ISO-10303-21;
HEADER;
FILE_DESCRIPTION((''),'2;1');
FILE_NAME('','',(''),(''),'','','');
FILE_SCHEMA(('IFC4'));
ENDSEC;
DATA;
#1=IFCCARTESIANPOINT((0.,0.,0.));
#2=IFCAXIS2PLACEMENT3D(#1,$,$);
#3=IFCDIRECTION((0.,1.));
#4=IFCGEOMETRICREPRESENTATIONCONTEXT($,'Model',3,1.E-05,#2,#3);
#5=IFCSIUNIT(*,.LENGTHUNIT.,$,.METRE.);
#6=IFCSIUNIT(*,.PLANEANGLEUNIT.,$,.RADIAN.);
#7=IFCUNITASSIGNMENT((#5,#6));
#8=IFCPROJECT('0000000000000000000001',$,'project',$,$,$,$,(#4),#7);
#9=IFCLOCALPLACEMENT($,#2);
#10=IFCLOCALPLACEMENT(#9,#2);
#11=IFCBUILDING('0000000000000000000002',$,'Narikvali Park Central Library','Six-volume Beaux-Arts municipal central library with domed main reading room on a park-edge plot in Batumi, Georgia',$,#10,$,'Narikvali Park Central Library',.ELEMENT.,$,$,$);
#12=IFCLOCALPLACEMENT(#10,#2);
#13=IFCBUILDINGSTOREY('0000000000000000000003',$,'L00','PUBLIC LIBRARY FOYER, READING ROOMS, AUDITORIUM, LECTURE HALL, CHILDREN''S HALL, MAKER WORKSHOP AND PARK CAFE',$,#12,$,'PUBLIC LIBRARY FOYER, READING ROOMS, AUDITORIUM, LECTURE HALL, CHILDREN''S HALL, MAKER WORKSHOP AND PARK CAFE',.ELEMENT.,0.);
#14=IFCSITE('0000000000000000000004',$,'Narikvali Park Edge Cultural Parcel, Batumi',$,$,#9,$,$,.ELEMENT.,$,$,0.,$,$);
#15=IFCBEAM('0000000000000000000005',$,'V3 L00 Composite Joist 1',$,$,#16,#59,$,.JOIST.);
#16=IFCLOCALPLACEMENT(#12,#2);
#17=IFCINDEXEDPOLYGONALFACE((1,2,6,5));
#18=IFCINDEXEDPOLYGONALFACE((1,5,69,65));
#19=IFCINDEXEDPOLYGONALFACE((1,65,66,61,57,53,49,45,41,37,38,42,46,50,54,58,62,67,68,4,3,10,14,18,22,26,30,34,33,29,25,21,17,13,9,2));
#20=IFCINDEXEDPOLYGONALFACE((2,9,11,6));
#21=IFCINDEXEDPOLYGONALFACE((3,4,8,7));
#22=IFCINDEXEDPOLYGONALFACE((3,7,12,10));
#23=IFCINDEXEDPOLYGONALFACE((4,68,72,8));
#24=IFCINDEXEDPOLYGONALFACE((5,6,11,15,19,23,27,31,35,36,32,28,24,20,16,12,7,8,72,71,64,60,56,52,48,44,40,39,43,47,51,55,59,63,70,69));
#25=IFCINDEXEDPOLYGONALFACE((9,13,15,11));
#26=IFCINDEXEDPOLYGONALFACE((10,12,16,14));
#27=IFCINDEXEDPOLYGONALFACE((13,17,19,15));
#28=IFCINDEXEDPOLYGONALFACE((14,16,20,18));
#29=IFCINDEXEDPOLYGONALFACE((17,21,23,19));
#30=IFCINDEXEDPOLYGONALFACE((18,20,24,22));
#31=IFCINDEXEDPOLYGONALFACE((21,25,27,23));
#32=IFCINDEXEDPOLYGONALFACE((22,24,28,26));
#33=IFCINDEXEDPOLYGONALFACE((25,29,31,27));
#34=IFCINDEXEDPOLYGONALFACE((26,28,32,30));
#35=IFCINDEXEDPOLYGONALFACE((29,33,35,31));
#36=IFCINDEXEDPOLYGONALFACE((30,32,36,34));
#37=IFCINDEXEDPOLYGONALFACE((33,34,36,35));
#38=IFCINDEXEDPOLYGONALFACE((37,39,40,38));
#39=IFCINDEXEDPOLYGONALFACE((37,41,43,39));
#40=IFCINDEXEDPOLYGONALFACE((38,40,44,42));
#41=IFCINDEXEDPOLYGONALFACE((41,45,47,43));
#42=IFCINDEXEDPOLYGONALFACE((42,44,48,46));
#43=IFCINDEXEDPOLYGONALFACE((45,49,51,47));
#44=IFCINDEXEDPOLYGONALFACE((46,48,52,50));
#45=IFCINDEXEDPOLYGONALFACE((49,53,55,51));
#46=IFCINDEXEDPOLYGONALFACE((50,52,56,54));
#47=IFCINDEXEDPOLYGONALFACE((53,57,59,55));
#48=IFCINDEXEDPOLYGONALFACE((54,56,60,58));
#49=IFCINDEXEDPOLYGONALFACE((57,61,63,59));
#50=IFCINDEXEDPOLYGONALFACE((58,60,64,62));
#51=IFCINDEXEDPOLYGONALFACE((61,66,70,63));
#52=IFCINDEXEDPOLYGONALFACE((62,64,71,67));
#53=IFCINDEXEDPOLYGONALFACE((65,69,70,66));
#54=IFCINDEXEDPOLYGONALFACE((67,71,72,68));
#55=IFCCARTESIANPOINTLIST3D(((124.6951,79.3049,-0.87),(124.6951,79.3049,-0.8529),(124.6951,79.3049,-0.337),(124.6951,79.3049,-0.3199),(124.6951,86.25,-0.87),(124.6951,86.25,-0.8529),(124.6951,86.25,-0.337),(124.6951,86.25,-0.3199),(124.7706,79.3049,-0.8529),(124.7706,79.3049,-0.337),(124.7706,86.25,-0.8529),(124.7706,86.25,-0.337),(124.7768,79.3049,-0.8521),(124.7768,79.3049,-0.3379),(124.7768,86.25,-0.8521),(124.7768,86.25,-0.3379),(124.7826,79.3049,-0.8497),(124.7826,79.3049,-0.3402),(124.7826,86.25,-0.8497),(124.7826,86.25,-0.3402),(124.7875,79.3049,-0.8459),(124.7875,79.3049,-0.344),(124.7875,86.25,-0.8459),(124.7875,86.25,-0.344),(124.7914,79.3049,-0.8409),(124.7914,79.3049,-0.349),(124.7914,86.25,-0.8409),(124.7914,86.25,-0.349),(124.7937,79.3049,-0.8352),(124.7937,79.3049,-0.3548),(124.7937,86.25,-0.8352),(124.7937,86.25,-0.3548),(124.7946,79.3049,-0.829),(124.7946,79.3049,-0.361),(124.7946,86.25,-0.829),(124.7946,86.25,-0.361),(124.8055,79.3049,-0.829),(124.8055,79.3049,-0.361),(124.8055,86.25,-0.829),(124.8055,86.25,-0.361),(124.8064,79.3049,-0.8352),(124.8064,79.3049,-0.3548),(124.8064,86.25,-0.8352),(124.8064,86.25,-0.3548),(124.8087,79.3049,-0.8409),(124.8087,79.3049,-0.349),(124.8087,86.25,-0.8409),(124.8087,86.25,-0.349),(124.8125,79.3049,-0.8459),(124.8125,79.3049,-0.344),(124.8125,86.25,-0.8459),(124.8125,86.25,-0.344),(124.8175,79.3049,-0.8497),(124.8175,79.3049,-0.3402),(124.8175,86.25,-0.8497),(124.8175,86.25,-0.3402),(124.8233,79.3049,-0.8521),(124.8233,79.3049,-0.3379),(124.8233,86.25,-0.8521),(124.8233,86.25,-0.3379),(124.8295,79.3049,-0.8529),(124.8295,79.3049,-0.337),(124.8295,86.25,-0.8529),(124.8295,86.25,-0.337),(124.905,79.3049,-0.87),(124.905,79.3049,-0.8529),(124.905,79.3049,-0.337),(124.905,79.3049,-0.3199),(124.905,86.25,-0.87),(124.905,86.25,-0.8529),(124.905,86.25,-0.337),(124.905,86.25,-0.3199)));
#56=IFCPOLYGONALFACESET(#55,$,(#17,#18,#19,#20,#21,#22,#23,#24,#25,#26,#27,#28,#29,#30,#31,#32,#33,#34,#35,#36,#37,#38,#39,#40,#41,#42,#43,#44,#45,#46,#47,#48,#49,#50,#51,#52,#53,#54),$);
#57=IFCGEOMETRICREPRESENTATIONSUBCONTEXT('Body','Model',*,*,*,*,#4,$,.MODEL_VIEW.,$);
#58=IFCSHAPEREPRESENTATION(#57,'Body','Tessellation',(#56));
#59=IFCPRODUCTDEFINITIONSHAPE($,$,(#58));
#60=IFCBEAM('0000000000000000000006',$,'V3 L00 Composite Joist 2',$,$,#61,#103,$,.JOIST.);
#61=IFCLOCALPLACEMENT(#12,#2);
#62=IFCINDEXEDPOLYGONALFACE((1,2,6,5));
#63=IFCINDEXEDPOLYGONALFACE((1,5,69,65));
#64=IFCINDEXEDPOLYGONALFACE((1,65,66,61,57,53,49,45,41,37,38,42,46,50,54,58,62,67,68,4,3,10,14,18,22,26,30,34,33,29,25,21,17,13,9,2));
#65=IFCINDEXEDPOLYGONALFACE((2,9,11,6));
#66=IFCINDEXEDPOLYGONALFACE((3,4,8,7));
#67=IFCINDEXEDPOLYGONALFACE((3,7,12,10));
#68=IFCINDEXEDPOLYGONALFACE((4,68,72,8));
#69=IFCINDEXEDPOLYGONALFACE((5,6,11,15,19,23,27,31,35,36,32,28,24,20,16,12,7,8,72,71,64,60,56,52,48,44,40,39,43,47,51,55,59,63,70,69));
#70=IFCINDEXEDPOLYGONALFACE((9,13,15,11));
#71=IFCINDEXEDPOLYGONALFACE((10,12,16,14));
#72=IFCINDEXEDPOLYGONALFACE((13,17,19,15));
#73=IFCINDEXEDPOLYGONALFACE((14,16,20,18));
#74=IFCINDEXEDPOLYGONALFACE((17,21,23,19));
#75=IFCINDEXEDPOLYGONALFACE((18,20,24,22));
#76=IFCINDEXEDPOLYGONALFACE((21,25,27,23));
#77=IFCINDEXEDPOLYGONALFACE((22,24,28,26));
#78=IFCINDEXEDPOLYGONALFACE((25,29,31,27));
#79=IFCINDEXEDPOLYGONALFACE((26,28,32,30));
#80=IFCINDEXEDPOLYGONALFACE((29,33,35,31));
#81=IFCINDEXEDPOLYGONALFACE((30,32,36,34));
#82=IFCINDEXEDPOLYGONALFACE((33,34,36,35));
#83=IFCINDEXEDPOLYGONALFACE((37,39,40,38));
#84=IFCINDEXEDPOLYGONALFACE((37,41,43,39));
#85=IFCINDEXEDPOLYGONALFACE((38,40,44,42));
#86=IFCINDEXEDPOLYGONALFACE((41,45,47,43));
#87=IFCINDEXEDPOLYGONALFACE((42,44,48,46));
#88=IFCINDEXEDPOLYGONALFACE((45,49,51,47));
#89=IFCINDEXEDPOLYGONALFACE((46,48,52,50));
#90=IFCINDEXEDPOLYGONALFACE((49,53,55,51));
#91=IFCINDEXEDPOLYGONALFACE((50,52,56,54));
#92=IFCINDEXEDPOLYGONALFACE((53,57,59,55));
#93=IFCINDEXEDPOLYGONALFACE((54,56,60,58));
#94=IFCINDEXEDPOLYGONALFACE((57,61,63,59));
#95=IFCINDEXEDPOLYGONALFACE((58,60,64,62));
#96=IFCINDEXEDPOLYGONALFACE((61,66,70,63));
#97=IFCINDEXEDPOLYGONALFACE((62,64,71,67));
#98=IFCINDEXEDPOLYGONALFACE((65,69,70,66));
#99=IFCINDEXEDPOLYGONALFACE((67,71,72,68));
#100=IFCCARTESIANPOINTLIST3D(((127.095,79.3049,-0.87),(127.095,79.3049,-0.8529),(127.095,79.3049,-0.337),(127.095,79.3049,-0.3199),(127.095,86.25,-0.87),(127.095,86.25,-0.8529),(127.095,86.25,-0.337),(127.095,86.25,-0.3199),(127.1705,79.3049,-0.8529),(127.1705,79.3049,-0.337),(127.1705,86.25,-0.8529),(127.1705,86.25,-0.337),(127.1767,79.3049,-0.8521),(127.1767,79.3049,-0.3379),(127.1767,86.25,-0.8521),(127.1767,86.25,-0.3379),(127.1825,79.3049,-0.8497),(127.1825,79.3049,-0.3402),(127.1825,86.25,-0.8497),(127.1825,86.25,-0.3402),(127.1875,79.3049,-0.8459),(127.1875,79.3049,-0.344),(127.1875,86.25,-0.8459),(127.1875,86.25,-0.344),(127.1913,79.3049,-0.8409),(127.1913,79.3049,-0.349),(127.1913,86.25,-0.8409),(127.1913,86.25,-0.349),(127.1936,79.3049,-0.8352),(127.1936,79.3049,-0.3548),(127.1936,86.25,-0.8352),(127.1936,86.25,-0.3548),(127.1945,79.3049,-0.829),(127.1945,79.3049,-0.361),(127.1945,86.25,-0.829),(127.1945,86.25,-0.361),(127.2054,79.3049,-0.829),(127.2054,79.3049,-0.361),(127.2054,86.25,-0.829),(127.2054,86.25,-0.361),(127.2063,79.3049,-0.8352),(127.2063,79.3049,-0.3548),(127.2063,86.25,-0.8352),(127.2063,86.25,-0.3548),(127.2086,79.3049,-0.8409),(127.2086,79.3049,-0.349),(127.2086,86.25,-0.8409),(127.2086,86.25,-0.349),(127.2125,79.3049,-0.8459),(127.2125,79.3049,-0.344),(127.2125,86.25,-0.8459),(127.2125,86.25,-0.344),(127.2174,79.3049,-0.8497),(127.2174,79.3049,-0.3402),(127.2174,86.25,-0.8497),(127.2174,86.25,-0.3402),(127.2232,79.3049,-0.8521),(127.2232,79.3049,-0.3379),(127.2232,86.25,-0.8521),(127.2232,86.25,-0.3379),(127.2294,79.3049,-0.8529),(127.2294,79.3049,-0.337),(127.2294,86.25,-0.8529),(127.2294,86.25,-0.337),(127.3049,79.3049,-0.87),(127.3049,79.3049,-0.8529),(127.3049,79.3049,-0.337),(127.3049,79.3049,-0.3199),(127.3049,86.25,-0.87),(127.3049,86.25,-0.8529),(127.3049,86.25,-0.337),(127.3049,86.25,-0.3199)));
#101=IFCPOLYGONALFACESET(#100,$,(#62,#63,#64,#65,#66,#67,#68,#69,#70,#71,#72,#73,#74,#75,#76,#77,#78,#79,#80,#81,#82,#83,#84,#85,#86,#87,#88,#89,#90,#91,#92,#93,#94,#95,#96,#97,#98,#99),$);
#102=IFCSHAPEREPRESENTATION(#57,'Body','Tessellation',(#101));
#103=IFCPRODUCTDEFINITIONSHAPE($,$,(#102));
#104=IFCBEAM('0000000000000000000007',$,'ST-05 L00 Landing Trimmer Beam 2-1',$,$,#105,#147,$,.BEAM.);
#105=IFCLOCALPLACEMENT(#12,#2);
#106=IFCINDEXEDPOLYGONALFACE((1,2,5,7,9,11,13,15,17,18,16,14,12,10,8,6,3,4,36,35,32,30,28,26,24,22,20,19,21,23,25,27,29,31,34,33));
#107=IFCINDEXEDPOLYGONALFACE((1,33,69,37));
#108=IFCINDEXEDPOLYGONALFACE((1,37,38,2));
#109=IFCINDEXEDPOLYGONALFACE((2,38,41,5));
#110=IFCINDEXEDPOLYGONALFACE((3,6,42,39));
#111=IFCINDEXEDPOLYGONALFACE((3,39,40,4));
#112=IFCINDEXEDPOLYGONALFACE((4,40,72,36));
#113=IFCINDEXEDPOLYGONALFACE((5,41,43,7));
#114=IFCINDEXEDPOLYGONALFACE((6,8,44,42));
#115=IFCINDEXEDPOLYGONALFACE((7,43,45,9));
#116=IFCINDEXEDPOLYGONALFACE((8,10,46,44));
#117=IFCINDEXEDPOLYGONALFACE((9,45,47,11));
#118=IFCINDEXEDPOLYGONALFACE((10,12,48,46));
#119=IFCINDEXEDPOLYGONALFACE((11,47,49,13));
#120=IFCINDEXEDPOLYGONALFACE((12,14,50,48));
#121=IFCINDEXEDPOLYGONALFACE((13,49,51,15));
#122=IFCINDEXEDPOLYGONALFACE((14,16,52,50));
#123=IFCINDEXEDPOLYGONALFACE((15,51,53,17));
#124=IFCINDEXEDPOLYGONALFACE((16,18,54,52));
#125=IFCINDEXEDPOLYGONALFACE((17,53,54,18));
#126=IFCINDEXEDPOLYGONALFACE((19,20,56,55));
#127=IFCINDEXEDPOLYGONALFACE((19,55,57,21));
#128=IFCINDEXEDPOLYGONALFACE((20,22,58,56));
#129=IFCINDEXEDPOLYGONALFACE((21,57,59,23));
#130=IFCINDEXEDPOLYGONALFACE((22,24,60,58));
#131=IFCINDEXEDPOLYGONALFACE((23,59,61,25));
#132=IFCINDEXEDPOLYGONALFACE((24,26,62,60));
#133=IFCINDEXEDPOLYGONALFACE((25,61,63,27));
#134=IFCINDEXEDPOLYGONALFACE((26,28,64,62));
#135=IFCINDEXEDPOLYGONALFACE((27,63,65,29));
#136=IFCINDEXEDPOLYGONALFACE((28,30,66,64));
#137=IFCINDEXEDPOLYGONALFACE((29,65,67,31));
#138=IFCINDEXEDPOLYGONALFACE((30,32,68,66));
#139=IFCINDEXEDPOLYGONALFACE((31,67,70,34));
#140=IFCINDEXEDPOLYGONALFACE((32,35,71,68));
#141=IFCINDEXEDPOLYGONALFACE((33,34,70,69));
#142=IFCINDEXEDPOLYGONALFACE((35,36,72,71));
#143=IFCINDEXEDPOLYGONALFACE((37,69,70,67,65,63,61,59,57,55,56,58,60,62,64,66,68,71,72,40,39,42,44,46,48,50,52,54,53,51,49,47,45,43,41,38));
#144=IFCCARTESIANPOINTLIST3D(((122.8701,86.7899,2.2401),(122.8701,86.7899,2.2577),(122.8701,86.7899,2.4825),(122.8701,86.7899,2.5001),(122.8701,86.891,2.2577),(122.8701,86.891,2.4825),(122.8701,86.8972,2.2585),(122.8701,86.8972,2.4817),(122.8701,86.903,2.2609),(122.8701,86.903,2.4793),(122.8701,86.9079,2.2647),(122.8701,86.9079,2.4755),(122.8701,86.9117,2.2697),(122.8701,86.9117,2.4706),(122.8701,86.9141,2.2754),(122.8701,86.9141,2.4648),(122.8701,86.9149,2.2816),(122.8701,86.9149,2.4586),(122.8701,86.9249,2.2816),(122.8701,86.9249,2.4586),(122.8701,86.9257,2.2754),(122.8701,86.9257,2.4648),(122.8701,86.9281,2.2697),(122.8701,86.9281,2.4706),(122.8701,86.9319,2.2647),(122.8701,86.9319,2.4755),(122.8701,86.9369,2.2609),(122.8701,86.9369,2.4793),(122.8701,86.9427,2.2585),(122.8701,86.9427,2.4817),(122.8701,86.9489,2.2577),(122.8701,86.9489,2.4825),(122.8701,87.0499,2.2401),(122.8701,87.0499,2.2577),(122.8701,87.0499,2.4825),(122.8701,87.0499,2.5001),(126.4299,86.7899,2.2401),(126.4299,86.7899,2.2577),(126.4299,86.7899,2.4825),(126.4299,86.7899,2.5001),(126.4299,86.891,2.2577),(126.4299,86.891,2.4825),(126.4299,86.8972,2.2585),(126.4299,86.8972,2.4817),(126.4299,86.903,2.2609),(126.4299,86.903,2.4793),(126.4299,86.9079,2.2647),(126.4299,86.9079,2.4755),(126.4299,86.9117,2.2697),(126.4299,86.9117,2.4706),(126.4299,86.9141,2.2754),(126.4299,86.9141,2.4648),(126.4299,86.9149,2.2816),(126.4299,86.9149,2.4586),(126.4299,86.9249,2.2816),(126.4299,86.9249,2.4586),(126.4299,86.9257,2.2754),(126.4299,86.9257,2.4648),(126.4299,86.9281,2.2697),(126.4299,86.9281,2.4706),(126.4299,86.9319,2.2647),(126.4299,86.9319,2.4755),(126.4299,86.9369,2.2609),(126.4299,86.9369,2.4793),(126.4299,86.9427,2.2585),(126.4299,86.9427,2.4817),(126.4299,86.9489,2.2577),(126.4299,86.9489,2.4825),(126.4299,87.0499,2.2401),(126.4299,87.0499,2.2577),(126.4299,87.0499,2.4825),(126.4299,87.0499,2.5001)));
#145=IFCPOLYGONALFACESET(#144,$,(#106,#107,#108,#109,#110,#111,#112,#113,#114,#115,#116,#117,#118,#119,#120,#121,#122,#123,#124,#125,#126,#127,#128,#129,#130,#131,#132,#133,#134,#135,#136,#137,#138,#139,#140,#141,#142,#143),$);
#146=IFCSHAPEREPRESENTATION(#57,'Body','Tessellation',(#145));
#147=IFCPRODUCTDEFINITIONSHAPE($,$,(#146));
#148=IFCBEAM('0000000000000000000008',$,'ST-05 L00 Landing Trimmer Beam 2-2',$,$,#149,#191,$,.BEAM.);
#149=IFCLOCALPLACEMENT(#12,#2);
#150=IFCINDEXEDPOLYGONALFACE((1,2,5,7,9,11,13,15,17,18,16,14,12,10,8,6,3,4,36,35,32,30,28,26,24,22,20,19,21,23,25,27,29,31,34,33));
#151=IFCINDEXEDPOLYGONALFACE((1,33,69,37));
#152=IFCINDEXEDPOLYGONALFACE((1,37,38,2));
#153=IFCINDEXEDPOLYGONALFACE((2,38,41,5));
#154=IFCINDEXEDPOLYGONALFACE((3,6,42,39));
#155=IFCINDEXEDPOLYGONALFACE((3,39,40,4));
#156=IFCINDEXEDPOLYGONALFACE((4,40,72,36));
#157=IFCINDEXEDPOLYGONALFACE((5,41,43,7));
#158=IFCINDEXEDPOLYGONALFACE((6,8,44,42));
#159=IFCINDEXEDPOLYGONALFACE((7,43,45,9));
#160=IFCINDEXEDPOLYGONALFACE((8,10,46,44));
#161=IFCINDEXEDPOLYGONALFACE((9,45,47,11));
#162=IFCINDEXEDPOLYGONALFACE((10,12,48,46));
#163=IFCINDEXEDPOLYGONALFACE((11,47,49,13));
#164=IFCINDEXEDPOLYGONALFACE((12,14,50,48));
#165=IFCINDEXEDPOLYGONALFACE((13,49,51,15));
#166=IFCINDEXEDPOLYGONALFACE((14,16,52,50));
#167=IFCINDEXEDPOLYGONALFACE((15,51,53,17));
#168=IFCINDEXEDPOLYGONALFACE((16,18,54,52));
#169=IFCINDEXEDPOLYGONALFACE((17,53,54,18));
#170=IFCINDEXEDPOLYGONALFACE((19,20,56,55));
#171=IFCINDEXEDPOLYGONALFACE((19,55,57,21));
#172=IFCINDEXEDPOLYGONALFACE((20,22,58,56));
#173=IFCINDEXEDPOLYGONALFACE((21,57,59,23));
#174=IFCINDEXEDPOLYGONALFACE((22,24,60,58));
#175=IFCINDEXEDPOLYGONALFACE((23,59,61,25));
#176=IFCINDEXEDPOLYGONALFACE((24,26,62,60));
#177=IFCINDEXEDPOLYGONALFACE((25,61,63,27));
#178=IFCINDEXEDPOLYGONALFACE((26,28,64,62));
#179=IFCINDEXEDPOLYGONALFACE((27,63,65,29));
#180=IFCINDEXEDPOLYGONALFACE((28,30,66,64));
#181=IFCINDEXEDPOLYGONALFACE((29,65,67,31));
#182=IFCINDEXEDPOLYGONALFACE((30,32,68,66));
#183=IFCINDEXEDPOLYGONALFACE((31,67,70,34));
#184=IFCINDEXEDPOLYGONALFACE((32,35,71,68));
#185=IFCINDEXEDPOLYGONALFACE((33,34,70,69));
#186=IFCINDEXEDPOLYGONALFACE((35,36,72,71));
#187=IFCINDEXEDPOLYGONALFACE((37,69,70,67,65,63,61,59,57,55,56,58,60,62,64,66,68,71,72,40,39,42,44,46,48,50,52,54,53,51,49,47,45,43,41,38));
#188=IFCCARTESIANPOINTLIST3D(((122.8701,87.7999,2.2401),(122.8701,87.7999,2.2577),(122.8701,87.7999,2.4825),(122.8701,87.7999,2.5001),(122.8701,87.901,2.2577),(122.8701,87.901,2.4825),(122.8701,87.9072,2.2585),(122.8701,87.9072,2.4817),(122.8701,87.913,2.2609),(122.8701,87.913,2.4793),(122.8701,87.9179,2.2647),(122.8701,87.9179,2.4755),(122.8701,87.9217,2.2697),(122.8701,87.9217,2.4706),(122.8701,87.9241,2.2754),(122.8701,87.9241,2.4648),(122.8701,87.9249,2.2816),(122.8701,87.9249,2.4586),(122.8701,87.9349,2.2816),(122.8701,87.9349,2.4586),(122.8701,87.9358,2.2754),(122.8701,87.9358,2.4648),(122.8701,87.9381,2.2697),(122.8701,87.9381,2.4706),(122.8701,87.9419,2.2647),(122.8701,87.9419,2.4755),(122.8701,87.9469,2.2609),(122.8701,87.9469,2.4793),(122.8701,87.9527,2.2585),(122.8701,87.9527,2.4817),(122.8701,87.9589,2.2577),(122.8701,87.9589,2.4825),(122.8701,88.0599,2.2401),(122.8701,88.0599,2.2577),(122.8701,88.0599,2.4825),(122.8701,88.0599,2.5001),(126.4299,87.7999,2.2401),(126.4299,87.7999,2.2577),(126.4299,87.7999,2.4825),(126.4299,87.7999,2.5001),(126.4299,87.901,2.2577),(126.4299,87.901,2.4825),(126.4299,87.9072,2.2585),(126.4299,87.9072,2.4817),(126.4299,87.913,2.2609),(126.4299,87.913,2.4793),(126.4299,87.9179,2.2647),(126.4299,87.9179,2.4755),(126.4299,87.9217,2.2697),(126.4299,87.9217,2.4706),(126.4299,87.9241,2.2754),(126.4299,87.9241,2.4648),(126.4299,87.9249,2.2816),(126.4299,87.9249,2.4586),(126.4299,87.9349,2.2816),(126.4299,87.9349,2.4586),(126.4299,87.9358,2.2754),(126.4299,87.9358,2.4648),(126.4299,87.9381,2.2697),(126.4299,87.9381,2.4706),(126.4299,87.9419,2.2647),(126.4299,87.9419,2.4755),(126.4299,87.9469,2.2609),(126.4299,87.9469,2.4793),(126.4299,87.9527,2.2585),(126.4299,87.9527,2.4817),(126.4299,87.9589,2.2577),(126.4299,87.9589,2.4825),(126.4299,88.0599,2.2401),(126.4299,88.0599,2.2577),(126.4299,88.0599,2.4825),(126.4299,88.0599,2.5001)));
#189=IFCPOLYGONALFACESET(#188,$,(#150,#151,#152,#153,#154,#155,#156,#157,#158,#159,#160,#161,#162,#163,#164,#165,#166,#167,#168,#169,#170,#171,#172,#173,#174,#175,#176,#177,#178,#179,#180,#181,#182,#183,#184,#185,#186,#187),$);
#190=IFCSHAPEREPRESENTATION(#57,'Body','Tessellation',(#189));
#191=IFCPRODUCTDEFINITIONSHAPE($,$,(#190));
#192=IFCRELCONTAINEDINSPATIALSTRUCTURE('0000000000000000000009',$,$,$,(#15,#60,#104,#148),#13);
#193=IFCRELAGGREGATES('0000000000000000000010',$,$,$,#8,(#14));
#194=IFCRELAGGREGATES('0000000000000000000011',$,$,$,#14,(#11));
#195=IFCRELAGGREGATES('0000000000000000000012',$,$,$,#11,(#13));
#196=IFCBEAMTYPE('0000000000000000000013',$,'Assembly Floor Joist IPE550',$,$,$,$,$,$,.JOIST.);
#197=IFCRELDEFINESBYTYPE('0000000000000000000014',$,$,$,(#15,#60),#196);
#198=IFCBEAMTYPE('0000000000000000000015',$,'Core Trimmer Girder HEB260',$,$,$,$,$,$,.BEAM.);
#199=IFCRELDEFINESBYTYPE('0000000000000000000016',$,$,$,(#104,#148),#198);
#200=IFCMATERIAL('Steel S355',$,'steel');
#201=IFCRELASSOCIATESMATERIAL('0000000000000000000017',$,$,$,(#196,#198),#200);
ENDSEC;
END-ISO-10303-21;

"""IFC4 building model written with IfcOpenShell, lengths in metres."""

from ifc_helpers import new_model, si_unit, direction, frame, origin, origin_2d, place, context, subcontext, project, spatial, i_section, extrude, material, material_profile, profile_set, type_object, element, save


model = new_model("IFC4")

# Units and contexts
model_context = context("Model", 3, precision=1e-05, world=origin(), true_north=direction((0.0, 1.0)))
body_context = subcontext(model_context, "Body", "Model", "MODEL_VIEW")
ifc_project = project(units=[si_unit("LENGTHUNIT", "METRE"), si_unit("PLANEANGLEUNIT", "RADIAN")], contexts=[model_context])

# Site, building, storey
site_placement = place(None, origin())
site = spatial("IfcSite", under=ifc_project, at=site_placement, Name="Narikvali Park Edge Cultural Parcel, Batumi", CompositionType="ELEMENT", RefElevation=0.0)
building_placement = place(site_placement, origin())
building = spatial("IfcBuilding", under=site, at=building_placement, Name="Narikvali Park Central Library", Description="Six-volume Beaux-Arts municipal central library with domed main reading room on a park-edge plot in Batumi, Georgia", LongName="Narikvali Park Central Library", CompositionType="ELEMENT")
storey_placement = place(building_placement, origin())
storey = spatial("IfcBuildingStorey", under=building, at=storey_placement, Name="L00", Description="PUBLIC LIBRARY FOYER, READING ROOMS, AUDITORIUM, LECTURE HALL, CHILDREN'S HALL, MAKER WORKSHOP AND PARK CAFE", LongName="PUBLIC LIBRARY FOYER, READING ROOMS, AUDITORIUM, LECTURE HALL, CHILDREN'S HALL, MAKER WORKSHOP AND PARK CAFE", CompositionType="ELEMENT", Elevation=0.0)

# Shared definitions
ifc_material_1 = material(Name="Steel S355", Category="steel")

# Beams
ifc_material_profile_1 = material_profile(ifc_material_1, i_section(OverallWidth=0.21, OverallDepth=0.55, WebThickness=0.011, FlangeThickness=0.0171, FilletRadius=0.0239, at=origin_2d()), Name="IPE 550")
ifc_profile_set_1 = profile_set([ifc_material_profile_1], Name="Steel S355")
beam_type_1 = type_object("IfcBeamType", Name="Assembly Floor Joist IPE550", PredefinedType="JOIST", material=ifc_profile_set_1)
for number, where, z_axis, x_axis, name in (
    (1, (124.8, 79.3049, -0.595), (0.0, 1.0, 0.0), (-1.0, 0.0, 0.0), "V3 L00 Composite Joist 1"),
    (2, (127.2, 79.3049, -0.595), (0.0, 1.0, 0.0), (-1.0, 0.0, 0.0), "V3 L00 Composite Joist 2"),
):
    element("IfcBeam", number, at=place(storey_placement, frame(where, z_axis=z_axis, x_axis=x_axis)), inside=storey, type_object=beam_type_1, Name=name, PredefinedType="JOIST", context=body_context, shape_type="SweptSolid", body=[
        extrude(i_section(OverallWidth=0.21, OverallDepth=0.55, WebThickness=0.011, FlangeThickness=0.0171, FilletRadius=0.0239, at=origin_2d()), origin(), (0.0, 0.0, 1.0), 6.9451),
    ])
ifc_material_profile_2 = material_profile(ifc_material_1, i_section(OverallWidth=0.26, OverallDepth=0.26, WebThickness=0.01, FlangeThickness=0.0176, FilletRadius=0.0239, at=origin_2d()), Name="HEB 260")
ifc_profile_set_2 = profile_set([ifc_material_profile_2], Name="Steel S355")
beam_type_2 = type_object("IfcBeamType", Name="Core Trimmer Girder HEB260", PredefinedType="BEAM", material=ifc_profile_set_2)
for number, where, z_axis, x_axis, name in (
    (3, (122.8701, 86.9199, 2.3701), (1.0, 0.0, 0.0), (0.0, 1.0, 0.0), "ST-05 L00 Landing Trimmer Beam 2-1"),
    (4, (122.8701, 87.9299, 2.3701), (1.0, 0.0, 0.0), (0.0, 1.0, 0.0), "ST-05 L00 Landing Trimmer Beam 2-2"),
):
    element("IfcBeam", number, at=place(storey_placement, frame(where, z_axis=z_axis, x_axis=x_axis)), inside=storey, type_object=beam_type_2, Name=name, PredefinedType="BEAM", context=body_context, shape_type="SweptSolid", body=[
        extrude(i_section(OverallWidth=0.26, OverallDepth=0.26, WebThickness=0.01, FlangeThickness=0.0176, FilletRadius=0.0239, at=origin_2d()), origin(), (0.0, 0.0, 1.0), 3.5598),
    ])

save(model, "model.ifc")
